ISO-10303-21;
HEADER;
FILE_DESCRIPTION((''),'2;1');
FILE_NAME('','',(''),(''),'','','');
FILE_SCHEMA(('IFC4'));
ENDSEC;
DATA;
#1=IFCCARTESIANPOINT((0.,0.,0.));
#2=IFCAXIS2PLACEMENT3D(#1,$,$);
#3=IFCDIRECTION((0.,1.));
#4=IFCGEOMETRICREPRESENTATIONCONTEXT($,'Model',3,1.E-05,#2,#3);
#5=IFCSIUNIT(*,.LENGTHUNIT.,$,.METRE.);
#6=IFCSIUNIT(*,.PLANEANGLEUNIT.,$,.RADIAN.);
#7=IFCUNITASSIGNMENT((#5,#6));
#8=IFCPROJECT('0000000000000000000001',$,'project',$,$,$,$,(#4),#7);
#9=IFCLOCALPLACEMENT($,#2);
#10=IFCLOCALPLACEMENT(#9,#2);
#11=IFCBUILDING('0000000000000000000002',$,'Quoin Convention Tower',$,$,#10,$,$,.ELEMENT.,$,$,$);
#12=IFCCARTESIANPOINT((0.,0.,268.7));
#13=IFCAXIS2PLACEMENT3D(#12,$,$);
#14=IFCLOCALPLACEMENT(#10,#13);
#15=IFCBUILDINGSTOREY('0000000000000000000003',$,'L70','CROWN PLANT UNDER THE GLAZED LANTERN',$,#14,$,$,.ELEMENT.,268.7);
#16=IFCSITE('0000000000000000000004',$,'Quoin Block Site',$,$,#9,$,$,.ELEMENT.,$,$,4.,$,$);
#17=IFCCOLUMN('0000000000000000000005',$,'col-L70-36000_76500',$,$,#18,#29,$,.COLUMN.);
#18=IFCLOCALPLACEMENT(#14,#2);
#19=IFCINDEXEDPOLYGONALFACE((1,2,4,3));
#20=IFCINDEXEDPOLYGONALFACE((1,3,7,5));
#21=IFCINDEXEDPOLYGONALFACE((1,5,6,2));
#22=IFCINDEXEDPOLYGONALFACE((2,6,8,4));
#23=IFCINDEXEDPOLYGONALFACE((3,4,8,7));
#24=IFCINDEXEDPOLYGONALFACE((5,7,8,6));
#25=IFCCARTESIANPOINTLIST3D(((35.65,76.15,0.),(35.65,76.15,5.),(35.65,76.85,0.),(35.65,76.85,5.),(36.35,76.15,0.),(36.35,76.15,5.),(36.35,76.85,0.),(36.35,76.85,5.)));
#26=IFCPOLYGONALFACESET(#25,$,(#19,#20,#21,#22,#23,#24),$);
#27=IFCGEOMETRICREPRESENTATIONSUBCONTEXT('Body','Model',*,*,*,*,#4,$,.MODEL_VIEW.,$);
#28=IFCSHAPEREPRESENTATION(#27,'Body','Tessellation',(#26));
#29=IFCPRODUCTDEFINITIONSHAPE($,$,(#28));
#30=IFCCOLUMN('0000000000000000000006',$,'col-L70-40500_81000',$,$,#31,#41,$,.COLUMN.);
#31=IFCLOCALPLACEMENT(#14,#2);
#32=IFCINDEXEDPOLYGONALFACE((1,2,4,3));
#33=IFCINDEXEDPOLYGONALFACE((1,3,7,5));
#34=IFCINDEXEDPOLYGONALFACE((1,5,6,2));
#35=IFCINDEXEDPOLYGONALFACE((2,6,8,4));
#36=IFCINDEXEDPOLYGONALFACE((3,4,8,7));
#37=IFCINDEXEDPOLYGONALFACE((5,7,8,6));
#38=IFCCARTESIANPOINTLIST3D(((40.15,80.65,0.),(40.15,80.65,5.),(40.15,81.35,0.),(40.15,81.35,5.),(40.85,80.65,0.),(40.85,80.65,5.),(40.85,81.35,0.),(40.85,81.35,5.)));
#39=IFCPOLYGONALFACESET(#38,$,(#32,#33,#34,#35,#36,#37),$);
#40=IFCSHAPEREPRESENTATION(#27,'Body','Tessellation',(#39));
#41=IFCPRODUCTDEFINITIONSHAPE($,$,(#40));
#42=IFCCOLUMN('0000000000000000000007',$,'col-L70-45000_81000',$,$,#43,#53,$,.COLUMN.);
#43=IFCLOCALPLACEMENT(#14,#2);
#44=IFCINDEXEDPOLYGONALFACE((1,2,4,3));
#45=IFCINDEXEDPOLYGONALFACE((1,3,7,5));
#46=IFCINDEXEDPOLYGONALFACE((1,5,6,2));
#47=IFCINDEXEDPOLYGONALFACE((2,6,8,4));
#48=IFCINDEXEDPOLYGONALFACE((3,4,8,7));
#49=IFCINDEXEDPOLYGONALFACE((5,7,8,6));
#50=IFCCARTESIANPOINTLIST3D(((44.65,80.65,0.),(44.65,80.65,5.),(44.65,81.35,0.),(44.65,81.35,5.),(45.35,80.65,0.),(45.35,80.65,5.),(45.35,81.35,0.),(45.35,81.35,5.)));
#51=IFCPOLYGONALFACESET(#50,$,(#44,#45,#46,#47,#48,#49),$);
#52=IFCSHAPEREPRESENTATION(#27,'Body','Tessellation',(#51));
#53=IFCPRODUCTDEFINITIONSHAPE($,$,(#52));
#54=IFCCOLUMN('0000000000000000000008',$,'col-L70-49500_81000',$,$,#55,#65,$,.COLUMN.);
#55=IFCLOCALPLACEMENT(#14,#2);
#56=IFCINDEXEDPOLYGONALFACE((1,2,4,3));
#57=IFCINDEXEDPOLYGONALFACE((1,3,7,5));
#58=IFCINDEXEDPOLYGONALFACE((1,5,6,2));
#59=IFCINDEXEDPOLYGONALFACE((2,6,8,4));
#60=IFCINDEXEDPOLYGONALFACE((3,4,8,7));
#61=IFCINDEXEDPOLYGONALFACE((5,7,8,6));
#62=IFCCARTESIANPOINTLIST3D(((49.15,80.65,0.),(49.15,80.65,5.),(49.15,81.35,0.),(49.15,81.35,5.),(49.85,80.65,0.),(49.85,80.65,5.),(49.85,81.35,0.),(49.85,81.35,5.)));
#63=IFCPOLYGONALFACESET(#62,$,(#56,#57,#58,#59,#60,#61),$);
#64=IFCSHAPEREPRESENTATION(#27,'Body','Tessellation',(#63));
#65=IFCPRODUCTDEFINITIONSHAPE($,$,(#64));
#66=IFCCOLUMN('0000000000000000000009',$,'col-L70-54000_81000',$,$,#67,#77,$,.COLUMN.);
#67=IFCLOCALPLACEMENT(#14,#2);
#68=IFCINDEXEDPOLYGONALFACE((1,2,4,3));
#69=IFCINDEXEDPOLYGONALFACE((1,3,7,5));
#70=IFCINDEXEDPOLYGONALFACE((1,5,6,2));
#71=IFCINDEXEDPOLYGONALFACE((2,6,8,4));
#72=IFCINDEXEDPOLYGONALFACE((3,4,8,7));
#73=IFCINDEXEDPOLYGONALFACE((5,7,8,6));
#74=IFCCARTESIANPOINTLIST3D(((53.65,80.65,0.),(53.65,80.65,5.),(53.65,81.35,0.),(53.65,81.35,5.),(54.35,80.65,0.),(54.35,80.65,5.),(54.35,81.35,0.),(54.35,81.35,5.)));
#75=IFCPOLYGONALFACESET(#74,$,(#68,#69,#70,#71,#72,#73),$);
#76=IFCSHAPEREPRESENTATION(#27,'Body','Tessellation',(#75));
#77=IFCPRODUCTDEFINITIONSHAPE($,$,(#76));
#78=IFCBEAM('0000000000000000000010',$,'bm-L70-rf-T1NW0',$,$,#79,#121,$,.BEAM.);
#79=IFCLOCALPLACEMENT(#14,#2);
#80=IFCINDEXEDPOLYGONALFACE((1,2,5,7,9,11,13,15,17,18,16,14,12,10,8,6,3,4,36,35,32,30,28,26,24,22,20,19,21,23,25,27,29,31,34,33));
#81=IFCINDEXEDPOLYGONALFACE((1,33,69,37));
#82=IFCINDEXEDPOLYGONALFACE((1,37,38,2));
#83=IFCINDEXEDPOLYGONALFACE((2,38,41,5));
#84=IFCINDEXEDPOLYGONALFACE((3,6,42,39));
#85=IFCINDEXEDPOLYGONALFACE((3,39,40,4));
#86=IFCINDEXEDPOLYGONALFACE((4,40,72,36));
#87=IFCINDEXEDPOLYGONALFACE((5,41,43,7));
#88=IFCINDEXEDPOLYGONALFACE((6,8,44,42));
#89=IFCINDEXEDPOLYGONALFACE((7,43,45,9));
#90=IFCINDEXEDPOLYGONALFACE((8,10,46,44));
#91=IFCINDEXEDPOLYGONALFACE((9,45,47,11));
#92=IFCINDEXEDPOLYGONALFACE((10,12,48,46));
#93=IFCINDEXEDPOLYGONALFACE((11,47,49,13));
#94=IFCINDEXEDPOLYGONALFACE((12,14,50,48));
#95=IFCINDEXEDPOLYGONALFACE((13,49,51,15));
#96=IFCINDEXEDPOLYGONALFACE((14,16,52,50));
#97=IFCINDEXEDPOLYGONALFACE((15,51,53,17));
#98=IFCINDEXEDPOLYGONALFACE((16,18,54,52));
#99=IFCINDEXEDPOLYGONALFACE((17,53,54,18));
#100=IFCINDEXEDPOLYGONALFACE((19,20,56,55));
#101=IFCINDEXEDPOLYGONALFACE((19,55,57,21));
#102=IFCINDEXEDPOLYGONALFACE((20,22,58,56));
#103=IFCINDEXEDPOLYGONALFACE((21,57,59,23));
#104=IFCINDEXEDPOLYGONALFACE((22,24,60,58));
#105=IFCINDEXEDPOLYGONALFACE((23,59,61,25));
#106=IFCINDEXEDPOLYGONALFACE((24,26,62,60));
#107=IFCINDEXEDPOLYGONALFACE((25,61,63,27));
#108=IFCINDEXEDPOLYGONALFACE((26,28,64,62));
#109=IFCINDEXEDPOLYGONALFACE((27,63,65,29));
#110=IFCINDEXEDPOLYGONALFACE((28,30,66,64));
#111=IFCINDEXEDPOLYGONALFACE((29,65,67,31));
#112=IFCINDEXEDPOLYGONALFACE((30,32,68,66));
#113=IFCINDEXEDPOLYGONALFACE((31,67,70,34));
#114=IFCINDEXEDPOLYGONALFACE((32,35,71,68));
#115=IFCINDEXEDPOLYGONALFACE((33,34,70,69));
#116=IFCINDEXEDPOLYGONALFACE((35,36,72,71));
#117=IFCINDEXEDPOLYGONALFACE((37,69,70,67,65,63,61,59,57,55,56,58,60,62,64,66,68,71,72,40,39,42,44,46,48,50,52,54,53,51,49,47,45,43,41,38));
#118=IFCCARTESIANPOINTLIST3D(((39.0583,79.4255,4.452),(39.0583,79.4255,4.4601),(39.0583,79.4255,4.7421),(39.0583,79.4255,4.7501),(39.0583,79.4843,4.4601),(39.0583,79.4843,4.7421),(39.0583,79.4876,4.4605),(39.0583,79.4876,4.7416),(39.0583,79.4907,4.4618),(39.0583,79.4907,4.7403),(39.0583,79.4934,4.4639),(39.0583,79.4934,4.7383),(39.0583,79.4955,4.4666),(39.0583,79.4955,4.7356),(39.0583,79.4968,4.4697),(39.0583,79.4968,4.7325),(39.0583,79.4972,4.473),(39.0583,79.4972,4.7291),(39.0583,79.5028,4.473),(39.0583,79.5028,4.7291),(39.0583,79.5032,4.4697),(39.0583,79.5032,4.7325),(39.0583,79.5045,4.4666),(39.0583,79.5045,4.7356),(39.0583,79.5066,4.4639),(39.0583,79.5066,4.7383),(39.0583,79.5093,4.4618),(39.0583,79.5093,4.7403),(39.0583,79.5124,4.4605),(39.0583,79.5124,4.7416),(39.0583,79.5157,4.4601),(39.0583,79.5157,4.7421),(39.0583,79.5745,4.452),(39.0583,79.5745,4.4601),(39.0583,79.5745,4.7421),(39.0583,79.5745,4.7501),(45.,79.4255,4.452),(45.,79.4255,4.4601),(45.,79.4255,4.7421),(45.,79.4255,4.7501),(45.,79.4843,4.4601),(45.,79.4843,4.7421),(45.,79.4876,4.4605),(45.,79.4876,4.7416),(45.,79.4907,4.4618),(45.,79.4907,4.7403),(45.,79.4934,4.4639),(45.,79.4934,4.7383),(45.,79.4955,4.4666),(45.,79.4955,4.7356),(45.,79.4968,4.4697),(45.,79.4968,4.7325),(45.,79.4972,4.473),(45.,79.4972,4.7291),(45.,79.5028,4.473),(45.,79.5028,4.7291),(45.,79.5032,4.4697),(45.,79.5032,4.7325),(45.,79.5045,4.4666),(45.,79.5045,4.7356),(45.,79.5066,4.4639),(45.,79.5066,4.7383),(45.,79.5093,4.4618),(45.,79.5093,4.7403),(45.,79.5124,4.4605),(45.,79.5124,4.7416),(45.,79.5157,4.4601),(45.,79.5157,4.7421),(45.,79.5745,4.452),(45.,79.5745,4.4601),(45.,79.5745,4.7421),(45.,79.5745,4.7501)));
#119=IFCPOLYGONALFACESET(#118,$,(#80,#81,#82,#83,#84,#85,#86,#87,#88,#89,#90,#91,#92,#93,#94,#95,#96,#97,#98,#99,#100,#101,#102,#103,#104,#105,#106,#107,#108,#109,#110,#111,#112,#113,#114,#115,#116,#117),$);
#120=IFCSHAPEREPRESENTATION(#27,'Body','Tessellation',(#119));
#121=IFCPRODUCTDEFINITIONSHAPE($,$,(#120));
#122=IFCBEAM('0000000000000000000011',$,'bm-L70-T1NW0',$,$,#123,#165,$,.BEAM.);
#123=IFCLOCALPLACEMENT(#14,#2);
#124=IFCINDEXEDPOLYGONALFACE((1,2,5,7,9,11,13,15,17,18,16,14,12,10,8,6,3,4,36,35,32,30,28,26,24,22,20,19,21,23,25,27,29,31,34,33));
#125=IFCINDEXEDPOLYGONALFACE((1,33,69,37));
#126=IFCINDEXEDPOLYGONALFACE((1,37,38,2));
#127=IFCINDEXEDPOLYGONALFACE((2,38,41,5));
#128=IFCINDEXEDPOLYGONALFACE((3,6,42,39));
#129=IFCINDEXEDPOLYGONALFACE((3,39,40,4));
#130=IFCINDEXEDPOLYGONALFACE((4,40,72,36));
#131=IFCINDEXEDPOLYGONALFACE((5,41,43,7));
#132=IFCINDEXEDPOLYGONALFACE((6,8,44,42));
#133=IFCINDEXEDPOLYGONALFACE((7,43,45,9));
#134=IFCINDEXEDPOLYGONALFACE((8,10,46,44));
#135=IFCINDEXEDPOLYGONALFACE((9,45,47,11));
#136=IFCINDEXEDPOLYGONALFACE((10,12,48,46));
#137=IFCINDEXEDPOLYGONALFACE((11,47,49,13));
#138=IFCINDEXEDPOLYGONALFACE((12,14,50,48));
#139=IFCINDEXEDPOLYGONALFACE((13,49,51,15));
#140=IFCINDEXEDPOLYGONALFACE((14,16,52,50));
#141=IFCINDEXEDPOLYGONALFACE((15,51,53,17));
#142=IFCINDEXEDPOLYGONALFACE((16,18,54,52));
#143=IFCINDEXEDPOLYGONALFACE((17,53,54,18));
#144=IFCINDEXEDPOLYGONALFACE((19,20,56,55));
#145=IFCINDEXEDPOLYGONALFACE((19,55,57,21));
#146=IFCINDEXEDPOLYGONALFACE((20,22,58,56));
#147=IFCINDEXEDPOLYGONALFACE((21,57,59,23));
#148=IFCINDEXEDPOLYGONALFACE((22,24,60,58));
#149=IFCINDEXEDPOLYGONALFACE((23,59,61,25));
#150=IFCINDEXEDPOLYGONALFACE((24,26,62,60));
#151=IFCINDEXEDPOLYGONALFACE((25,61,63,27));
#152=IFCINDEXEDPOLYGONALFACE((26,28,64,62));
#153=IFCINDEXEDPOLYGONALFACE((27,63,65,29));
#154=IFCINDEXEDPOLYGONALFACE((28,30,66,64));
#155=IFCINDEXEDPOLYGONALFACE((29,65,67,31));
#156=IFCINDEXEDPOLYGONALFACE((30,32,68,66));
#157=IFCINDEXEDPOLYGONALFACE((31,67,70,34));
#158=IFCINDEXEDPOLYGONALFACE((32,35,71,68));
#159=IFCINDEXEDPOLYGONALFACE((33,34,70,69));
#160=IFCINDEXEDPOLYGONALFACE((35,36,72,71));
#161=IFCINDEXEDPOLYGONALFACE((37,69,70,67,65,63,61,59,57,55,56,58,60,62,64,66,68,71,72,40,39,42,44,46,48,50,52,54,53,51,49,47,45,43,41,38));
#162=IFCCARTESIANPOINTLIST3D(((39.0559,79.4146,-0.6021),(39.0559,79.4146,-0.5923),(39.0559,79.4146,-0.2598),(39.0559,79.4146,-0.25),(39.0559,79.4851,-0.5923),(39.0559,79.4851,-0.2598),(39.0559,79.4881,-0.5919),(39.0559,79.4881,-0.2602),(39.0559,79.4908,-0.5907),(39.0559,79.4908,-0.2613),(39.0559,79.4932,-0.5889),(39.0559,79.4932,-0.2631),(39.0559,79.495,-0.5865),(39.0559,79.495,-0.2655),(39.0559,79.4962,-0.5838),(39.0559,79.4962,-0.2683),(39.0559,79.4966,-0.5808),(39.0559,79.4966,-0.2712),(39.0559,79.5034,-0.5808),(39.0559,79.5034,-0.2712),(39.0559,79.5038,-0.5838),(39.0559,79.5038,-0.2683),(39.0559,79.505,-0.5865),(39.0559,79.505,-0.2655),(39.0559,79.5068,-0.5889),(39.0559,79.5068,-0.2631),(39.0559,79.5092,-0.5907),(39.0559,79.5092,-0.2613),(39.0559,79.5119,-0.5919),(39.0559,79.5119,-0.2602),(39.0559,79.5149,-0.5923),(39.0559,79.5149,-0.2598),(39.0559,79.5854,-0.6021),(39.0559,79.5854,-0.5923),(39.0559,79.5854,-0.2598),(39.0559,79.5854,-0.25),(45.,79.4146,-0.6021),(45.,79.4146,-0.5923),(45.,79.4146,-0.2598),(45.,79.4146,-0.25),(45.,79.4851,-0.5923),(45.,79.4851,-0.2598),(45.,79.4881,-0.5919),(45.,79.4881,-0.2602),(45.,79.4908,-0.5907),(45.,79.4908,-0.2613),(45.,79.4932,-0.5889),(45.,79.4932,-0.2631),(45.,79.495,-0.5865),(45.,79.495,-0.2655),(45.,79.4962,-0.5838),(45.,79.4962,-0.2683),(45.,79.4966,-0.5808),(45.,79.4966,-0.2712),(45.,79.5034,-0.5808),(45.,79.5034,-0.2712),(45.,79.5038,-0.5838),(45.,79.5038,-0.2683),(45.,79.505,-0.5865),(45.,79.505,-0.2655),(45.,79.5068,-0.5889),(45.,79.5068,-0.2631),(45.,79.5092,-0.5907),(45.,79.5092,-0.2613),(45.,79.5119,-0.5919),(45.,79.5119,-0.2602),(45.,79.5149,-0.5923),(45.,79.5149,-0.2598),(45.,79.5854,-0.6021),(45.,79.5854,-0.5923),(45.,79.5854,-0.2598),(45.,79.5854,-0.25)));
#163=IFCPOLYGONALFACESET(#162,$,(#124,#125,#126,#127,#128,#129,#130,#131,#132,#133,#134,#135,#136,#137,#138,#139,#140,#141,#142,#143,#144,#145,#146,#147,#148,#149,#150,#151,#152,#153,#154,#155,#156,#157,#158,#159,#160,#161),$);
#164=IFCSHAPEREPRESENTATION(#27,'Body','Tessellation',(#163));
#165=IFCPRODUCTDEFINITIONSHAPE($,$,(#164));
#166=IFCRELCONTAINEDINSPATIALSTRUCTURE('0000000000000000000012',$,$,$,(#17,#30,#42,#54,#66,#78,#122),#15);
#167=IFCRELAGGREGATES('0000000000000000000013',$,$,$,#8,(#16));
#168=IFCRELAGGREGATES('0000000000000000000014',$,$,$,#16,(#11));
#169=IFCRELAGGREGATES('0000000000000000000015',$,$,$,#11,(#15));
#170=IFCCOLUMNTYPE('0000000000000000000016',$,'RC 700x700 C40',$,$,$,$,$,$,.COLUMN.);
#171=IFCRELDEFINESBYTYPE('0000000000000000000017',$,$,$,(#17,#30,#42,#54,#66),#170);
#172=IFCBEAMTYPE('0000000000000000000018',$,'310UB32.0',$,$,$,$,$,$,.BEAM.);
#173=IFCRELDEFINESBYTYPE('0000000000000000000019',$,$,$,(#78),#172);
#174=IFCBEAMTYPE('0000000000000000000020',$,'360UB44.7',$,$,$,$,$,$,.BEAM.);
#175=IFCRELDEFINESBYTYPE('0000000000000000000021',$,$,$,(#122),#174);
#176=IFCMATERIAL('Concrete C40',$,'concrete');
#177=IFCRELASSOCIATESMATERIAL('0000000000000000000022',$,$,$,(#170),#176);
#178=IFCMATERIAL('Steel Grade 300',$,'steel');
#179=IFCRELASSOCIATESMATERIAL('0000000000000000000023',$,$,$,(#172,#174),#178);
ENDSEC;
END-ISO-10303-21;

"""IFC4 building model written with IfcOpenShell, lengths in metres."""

from ifc_helpers import new_model, si_unit, direction, frame, origin, origin_2d, place, context, subcontext, project, spatial, rectangle, i_section, extrude, material, material_profile, profile_set, type_object, element, save


model = new_model("IFC4")

# Units and contexts
model_context = context("Model", 3, precision=1e-05, world=origin(), true_north=direction((0.0, 1.0)))
body_context = subcontext(model_context, "Body", "Model", "MODEL_VIEW")
ifc_project = project(units=[si_unit("LENGTHUNIT", "METRE"), si_unit("PLANEANGLEUNIT", "RADIAN")], contexts=[model_context])

# Site, building, storey
site_placement = place(None, origin())
site = spatial("IfcSite", under=ifc_project, at=site_placement, Name="Quoin Block Site", CompositionType="ELEMENT", RefElevation=4.0)
building_placement = place(site_placement, origin())
building = spatial("IfcBuilding", under=site, at=building_placement, Name="Quoin Convention Tower", CompositionType="ELEMENT")
storey_placement = place(building_placement, frame((0.0, 0.0, 268.7)))
storey = spatial("IfcBuildingStorey", under=building, at=storey_placement, Name="L70", Description="CROWN PLANT UNDER THE GLAZED LANTERN", CompositionType="ELEMENT", Elevation=268.7)

# Columns
ifc_material_1 = material(Name="Concrete C40", Category="concrete")
ifc_material_profile_1 = material_profile(ifc_material_1, rectangle(XDim=0.7, YDim=0.7, at=origin_2d()), Name="RC 700x700")
ifc_profile_set_1 = profile_set([ifc_material_profile_1], Name="Concrete C40")
column_type = type_object("IfcColumnType", Name="RC 700x700 C40", PredefinedType="COLUMN", material=ifc_profile_set_1)
for number, where, z_axis, x_axis, name in (
    (1, (36.0, 76.5, 0.0), (0.0, 0.0, 1.0), (1.0, 0.0, 0.0), "col-L70-36000_76500"),
    (2, (40.5, 81.0, 0.0), (0.0, 0.0, 1.0), (1.0, 0.0, 0.0), "col-L70-40500_81000"),
    (3, (45.0, 81.0, 0.0), (0.0, 0.0, 1.0), (1.0, 0.0, 0.0), "col-L70-45000_81000"),
    (4, (49.5, 81.0, 0.0), (0.0, 0.0, 1.0), (1.0, 0.0, 0.0), "col-L70-49500_81000"),
    (5, (54.0, 81.0, 0.0), (0.0, 0.0, 1.0), (1.0, 0.0, 0.0), "col-L70-54000_81000"),
):
    element("IfcColumn", number, at=place(storey_placement, frame(where, z_axis=z_axis, x_axis=x_axis)), inside=storey, type_object=column_type, Name=name, PredefinedType="COLUMN", context=body_context, shape_type="SweptSolid", body=[
        extrude(rectangle(XDim=0.7, YDim=0.7, at=origin_2d()), origin(), (0.0, 0.0, 1.0), 5.0),
    ])

# Beams
ifc_material_2 = material(Name="Steel Grade 300", Category="steel")
ifc_material_profile_2 = material_profile(ifc_material_2, i_section(OverallWidth=0.1489, OverallDepth=0.2981, WebThickness=0.0056, FlangeThickness=0.0081, FilletRadius=0.0129, at=origin_2d()), Name="310UB32.0")
ifc_profile_set_2 = profile_set([ifc_material_profile_2], Name="Steel Grade 300")
beam_type_1 = type_object("IfcBeamType", Name="310UB32.0", PredefinedType="BEAM", material=ifc_profile_set_2)
beam_1_placement = place(storey_placement, frame((39.0583, 79.5, 4.6011), z_axis=(1.0, 0.0, 0.0), x_axis=(0.0, 1.0, 0.0)))
element("IfcBeam", 6, at=beam_1_placement, inside=storey, type_object=beam_type_1, Name="bm-L70-rf-T1NW0", PredefinedType="BEAM", context=body_context, shape_type="SweptSolid", body=[
    extrude(i_section(OverallWidth=0.1489, OverallDepth=0.2981, WebThickness=0.0056, FlangeThickness=0.0081, FilletRadius=0.0129, at=origin_2d()), origin(), (0.0, 0.0, 1.0), 5.9417),
])
ifc_material_profile_3 = material_profile(ifc_material_2, i_section(OverallWidth=0.1709, OverallDepth=0.3521, WebThickness=0.0068, FlangeThickness=0.0098, FilletRadius=0.0115, at=origin_2d()), Name="360UB44.7")
ifc_profile_set_3 = profile_set([ifc_material_profile_3], Name="Steel Grade 300")
beam_type_2 = type_object("IfcBeamType", Name="360UB44.7", PredefinedType="BEAM", material=ifc_profile_set_3)
beam_2_placement = place(storey_placement, frame((39.0559, 79.5, -0.426), z_axis=(1.0, 0.0, 0.0), x_axis=(0.0, 1.0, 0.0)))
element("IfcBeam", 7, at=beam_2_placement, inside=storey, type_object=beam_type_2, Name="bm-L70-T1NW0", PredefinedType="BEAM", context=body_context, shape_type="SweptSolid", body=[
    extrude(i_section(OverallWidth=0.1709, OverallDepth=0.3521, WebThickness=0.0068, FlangeThickness=0.0098, FilletRadius=0.0115, at=origin_2d()), origin(), (0.0, 0.0, 1.0), 5.9441),
])

save(model, "model.ifc")
